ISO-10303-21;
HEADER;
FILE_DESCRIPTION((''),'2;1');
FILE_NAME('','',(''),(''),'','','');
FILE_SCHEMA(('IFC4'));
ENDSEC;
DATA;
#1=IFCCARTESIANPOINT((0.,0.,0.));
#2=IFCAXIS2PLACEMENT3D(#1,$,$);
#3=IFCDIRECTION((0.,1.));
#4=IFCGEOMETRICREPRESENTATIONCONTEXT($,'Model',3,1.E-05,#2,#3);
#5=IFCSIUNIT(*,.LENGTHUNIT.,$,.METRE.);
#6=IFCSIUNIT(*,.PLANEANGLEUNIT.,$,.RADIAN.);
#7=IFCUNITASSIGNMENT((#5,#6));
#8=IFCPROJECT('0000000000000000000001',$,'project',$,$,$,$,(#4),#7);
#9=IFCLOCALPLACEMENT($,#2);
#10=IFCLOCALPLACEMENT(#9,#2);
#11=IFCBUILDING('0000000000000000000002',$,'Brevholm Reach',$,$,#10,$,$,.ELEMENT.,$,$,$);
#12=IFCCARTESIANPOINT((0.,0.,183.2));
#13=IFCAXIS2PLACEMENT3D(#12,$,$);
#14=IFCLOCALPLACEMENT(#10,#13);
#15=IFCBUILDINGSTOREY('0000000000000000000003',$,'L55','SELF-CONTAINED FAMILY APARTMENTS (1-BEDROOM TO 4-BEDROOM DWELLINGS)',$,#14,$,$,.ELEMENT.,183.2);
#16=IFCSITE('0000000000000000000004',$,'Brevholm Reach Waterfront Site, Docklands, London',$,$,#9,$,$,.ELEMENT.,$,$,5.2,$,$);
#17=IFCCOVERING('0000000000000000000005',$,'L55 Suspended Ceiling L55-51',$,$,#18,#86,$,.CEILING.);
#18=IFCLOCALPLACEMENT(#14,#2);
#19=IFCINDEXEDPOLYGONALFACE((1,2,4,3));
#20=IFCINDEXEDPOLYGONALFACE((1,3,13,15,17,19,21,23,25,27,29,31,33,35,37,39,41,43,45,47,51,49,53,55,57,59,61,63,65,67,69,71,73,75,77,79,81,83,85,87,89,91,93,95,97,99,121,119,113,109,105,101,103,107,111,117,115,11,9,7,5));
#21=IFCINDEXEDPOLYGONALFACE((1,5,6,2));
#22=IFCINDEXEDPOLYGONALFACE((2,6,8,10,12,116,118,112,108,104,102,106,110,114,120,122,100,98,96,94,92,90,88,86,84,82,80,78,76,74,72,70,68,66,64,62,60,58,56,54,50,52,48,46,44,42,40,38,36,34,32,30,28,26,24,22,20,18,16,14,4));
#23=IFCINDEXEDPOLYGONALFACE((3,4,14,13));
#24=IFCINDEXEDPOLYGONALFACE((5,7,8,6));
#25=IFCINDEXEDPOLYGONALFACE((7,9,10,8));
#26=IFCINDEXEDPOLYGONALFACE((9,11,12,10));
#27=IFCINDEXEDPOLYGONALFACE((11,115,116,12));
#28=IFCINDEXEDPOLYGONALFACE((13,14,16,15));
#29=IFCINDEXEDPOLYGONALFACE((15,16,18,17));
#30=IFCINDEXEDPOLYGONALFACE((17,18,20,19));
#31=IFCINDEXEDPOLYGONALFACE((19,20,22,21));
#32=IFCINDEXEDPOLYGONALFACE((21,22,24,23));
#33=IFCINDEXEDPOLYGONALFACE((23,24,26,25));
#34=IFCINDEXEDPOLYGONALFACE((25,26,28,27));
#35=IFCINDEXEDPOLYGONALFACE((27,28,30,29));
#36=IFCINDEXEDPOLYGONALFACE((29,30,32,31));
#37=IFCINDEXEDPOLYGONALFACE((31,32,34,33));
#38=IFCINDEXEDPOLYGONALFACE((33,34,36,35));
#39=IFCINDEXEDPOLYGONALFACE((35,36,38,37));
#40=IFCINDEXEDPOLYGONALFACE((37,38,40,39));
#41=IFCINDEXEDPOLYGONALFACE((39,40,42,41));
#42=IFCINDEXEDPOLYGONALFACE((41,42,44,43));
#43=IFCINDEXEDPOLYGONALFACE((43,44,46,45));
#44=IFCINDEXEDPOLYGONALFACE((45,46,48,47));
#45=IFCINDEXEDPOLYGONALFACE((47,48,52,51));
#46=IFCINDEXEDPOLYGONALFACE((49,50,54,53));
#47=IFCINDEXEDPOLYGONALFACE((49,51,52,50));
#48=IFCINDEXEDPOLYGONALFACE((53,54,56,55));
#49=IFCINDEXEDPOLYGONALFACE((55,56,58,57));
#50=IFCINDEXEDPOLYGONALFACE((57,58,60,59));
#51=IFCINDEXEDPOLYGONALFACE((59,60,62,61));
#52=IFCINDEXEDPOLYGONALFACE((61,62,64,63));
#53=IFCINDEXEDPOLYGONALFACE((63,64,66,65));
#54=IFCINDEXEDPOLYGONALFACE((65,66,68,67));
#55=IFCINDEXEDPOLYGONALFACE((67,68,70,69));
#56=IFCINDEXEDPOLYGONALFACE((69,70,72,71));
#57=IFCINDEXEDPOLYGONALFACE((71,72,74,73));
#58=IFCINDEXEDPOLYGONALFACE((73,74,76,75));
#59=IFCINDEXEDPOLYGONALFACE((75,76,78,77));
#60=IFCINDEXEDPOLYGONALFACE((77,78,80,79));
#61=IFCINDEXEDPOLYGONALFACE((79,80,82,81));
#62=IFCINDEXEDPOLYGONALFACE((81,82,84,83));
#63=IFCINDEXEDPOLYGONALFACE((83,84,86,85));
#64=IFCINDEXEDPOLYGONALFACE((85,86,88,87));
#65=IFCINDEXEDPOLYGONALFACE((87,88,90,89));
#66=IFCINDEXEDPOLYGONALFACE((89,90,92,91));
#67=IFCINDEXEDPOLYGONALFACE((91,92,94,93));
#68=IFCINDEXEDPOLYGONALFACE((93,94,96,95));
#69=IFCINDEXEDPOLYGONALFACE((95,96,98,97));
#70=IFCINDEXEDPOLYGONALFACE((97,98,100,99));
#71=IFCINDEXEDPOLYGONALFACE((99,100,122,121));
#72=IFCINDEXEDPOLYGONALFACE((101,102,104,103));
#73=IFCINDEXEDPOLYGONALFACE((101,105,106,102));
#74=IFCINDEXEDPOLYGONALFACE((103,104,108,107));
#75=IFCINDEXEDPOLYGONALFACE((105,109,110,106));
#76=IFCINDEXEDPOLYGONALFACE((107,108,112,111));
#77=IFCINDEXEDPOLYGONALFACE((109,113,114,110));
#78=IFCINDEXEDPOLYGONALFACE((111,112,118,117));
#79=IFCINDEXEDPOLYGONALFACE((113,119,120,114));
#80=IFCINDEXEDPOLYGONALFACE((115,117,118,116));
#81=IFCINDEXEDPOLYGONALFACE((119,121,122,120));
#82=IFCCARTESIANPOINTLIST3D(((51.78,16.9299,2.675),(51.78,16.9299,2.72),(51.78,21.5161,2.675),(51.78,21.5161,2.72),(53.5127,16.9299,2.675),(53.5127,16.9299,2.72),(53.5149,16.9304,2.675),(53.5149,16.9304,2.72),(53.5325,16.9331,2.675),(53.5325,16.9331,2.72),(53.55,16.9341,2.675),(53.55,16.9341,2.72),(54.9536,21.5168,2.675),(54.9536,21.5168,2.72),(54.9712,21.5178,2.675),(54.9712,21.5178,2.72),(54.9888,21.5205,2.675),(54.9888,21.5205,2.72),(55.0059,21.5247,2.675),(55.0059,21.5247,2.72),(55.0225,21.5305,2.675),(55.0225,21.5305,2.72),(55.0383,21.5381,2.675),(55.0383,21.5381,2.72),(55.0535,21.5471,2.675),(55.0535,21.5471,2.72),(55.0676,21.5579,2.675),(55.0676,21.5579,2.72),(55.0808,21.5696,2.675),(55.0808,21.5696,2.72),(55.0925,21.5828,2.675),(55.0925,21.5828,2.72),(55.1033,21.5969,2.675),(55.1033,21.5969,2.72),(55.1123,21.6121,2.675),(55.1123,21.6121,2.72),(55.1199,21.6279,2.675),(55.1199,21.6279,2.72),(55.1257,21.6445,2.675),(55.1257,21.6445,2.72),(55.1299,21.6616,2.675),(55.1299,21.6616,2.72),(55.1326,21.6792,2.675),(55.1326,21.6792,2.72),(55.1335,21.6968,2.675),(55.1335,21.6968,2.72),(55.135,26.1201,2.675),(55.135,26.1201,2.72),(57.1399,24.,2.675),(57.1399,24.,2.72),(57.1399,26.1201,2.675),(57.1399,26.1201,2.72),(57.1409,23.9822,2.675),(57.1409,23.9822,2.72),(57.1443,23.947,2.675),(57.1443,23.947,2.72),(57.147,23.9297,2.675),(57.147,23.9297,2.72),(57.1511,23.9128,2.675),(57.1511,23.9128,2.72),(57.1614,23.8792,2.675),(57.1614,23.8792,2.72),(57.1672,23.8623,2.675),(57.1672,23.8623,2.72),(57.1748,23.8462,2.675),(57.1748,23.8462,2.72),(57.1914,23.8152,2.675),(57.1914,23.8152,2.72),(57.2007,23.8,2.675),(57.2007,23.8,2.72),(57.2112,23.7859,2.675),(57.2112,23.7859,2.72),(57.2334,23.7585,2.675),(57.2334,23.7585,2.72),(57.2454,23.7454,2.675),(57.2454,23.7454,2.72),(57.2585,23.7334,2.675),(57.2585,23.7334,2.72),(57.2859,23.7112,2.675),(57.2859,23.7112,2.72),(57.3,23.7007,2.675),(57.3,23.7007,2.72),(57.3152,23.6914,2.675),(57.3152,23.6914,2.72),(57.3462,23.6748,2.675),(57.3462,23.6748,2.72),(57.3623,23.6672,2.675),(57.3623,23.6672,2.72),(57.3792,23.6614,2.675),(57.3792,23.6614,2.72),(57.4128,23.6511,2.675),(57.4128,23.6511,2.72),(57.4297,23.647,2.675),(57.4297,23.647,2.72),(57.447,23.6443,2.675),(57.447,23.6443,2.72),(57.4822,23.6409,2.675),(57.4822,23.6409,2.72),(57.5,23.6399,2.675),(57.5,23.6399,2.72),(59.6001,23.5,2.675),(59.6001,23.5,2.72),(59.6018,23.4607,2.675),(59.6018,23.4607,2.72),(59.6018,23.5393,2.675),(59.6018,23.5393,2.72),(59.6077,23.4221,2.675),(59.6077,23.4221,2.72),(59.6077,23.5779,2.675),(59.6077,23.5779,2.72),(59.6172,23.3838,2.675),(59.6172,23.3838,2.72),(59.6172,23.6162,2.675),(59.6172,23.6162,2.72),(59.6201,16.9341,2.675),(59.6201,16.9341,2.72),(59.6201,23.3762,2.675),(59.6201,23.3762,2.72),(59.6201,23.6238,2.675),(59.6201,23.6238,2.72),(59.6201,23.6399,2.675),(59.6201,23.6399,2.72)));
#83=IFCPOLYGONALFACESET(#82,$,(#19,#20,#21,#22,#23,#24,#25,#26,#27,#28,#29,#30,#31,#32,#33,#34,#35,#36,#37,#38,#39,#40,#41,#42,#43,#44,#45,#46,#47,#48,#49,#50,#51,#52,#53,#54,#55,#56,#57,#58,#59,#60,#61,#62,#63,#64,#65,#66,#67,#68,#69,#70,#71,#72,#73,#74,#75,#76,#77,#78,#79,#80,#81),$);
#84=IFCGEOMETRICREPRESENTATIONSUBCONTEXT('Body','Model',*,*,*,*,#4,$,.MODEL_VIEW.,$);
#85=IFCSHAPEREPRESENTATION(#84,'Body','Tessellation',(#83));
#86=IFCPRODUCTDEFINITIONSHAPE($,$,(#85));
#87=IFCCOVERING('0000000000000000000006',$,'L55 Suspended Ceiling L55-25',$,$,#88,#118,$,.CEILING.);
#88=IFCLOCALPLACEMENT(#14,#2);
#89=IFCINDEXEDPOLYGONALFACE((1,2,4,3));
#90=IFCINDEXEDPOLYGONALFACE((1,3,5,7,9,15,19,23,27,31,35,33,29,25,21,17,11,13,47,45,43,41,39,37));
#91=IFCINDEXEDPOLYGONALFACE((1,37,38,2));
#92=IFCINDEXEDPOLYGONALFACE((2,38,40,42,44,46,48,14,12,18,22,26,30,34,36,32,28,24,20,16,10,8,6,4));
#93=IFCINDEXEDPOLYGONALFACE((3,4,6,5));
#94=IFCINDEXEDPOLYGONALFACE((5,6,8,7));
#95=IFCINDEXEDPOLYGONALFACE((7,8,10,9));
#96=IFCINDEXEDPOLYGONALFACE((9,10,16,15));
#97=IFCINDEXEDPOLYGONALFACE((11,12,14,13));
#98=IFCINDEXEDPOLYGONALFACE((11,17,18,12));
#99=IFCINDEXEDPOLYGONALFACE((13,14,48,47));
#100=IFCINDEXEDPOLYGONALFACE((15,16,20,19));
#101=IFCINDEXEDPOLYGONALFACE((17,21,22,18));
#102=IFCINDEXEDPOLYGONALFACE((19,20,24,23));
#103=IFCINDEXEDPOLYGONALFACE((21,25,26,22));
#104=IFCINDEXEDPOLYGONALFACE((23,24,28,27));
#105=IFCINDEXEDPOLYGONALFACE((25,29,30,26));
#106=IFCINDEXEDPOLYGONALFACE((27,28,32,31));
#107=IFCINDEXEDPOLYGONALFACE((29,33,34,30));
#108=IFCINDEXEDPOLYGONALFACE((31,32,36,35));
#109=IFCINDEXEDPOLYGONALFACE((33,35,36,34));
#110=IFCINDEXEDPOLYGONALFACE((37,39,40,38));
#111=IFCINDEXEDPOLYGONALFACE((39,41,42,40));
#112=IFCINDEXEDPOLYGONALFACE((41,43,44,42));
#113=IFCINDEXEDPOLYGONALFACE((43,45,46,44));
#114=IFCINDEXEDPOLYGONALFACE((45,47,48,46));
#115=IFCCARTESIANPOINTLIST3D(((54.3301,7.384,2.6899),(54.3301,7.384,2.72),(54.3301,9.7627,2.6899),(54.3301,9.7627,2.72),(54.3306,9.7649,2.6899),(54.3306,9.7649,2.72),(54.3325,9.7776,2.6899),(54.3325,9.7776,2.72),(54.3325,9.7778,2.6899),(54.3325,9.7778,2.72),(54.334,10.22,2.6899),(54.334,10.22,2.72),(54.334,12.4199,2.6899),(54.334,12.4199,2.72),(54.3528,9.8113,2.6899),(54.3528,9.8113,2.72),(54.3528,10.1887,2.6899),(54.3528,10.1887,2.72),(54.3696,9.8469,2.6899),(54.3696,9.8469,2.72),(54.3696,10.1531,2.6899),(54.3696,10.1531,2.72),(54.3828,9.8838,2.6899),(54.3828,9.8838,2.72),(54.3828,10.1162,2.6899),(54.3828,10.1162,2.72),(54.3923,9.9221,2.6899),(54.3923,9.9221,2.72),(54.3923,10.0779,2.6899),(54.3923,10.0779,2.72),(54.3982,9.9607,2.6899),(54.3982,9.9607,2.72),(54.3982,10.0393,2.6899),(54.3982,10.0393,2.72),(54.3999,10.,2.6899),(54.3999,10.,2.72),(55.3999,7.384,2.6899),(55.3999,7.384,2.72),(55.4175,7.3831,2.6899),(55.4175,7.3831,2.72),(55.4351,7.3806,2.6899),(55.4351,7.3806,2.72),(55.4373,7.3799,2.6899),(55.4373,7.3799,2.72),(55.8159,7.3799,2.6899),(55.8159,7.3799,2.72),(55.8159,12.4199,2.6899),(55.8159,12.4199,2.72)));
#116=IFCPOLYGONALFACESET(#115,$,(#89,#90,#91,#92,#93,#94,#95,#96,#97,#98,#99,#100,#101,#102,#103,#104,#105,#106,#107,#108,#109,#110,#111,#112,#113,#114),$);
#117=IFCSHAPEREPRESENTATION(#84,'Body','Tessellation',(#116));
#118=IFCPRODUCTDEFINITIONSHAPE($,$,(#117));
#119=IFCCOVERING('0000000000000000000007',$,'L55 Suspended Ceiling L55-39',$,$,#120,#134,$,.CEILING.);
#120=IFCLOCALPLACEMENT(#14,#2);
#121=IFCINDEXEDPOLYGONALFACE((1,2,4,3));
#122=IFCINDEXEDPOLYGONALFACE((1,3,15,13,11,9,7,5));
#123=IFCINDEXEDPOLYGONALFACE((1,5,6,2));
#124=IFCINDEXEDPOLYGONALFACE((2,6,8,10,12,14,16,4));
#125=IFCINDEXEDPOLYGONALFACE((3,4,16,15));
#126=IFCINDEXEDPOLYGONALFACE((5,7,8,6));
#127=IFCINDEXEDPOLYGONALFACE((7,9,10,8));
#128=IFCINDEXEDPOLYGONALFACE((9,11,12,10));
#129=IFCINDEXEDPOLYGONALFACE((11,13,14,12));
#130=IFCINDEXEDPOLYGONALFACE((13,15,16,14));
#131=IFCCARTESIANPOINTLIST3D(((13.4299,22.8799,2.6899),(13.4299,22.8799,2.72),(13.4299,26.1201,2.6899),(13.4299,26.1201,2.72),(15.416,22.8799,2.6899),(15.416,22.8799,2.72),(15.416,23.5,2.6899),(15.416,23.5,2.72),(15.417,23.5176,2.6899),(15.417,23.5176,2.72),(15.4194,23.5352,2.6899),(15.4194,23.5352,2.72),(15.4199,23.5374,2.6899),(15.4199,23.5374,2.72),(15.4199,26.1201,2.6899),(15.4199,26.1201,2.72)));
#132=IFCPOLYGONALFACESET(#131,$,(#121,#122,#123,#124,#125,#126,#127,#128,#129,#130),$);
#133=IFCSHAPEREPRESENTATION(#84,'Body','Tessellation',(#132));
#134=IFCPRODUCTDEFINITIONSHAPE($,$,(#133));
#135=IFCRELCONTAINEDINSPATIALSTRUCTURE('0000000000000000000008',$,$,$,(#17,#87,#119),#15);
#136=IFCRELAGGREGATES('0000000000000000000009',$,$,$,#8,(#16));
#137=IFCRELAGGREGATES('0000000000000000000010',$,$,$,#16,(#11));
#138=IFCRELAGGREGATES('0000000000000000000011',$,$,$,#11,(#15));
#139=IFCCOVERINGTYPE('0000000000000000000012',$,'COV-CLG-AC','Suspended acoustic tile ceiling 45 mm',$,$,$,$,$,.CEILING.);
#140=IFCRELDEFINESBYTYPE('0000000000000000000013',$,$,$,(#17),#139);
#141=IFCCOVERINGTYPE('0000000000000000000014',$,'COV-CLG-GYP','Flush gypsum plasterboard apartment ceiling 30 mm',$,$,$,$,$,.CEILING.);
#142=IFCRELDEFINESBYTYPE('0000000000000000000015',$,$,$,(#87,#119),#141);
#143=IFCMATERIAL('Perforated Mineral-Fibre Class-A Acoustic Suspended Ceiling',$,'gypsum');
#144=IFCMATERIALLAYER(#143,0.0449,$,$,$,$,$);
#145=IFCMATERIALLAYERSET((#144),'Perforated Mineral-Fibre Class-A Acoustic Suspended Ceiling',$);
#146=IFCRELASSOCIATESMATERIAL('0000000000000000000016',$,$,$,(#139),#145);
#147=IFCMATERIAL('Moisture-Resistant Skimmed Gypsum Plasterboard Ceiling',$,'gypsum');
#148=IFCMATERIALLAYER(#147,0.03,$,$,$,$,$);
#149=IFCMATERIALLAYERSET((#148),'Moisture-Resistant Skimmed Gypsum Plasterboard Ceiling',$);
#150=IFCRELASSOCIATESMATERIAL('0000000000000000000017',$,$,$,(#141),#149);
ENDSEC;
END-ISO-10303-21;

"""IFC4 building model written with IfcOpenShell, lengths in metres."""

from ifc_helpers import new_model, si_unit, direction, frame, origin, place, context, subcontext, project, spatial, polyline, outline, extrude, material, layer, layer_set, type_object, element, save


model = new_model("IFC4")

# Units and contexts
model_context = context("Model", 3, precision=1e-05, world=origin(), true_north=direction((0.0, 1.0)))
body_context = subcontext(model_context, "Body", "Model", "MODEL_VIEW")
ifc_project = project(units=[si_unit("LENGTHUNIT", "METRE"), si_unit("PLANEANGLEUNIT", "RADIAN")], contexts=[model_context])

# Site, building, storey
site_placement = place(None, origin())
site = spatial("IfcSite", under=ifc_project, at=site_placement, Name="Brevholm Reach Waterfront Site, Docklands, London", CompositionType="ELEMENT", RefElevation=5.2)
building_placement = place(site_placement, origin())
building = spatial("IfcBuilding", under=site, at=building_placement, Name="Brevholm Reach", CompositionType="ELEMENT")
storey_placement = place(building_placement, frame((0.0, 0.0, 183.2)))
storey = spatial("IfcBuildingStorey", under=building, at=storey_placement, Name="L55", Description="SELF-CONTAINED FAMILY APARTMENTS (1-BEDROOM TO 4-BEDROOM DWELLINGS)", CompositionType="ELEMENT", Elevation=183.2)

# Coverings
ifc_material_1 = material(Name="Perforated Mineral-Fibre Class-A Acoustic Suspended Ceiling", Category="gypsum")
ifc_layer_1 = layer(ifc_material_1, 0.0449)
ifc_layer_set_1 = layer_set([ifc_layer_1], Name="Perforated Mineral-Fibre Class-A Acoustic Suspended Ceiling")
covering_type_1 = type_object("IfcCoveringType", Name="COV-CLG-AC", Description="Suspended acoustic tile ceiling 45 mm", PredefinedType="CEILING", material=ifc_layer_set_1)
covering_1_placement = place(storey_placement, frame((0.0, 0.0, 2.675)))
element("IfcCovering", 1, at=covering_1_placement, inside=storey, type_object=covering_type_1, Name="L55 Suspended Ceiling L55-51", PredefinedType="CEILING", context=body_context, shape_type="SweptSolid", body=[
    extrude(outline(polyline([(51.78, 16.9299), (51.78, 21.5161), (54.9536, 21.5168), (54.9712, 21.5178), (54.9888, 21.5205), (55.0059, 21.5247), (55.0225, 21.5305), (55.0383, 21.5381), (55.0535, 21.5471), (55.0676, 21.5579), (55.0808, 21.5696), (55.0925, 21.5828), (55.1033, 21.5969), (55.1123, 21.6121), (55.1199, 21.6279), (55.1257, 21.6445), (55.1299, 21.6616), (55.1326, 21.6792), (55.1335, 21.6968), (55.135, 26.1201), (57.1399, 26.1201), (57.1399, 24.0), (57.1409, 23.9822), (57.1443, 23.947), (57.147, 23.9297), (57.1511, 23.9128), (57.1614, 23.8792), (57.1672, 23.8623), (57.1748, 23.8462), (57.1914, 23.8152), (57.2007, 23.8), (57.2112, 23.7859), (57.2334, 23.7585), (57.2454, 23.7454), (57.2585, 23.7334), (57.2859, 23.7112), (57.3, 23.7007), (57.3152, 23.6914), (57.3462, 23.6748), (57.3623, 23.6672), (57.3792, 23.6614), (57.4128, 23.6511), (57.4297, 23.647), (57.447, 23.6443), (57.4822, 23.6409), (57.5, 23.6399), (59.6201, 23.6399), (59.6201, 23.6238), (59.6172, 23.6162), (59.6077, 23.5779), (59.6018, 23.5393), (59.6001, 23.5), (59.6018, 23.4607), (59.6077, 23.4221), (59.6172, 23.3838), (59.6201, 23.3762), (59.6201, 16.9341), (53.55, 16.9341), (53.5325, 16.9331), (53.5149, 16.9304), (53.5127, 16.9299), (51.78, 16.9299)])), origin(), (0.0, 0.0, 1.0), 0.0449),
])
ifc_material_2 = material(Name="Moisture-Resistant Skimmed Gypsum Plasterboard Ceiling", Category="gypsum")
ifc_layer_2 = layer(ifc_material_2, 0.03)
ifc_layer_set_2 = layer_set([ifc_layer_2], Name="Moisture-Resistant Skimmed Gypsum Plasterboard Ceiling")
covering_type_2 = type_object("IfcCoveringType", Name="COV-CLG-GYP", Description="Flush gypsum plasterboard apartment ceiling 30 mm", PredefinedType="CEILING", material=ifc_layer_set_2)
covering_2_placement = place(storey_placement, frame((0.0, 0.0, 2.6899)))
element("IfcCovering", 2, at=covering_2_placement, inside=storey, type_object=covering_type_2, Name="L55 Suspended Ceiling L55-25", PredefinedType="CEILING", context=body_context, shape_type="SweptSolid", body=[
    extrude(outline(polyline([(54.3301, 9.7627), (54.3306, 9.7649), (54.3325, 9.7776), (54.3325, 9.7778), (54.3528, 9.8113), (54.3696, 9.8469), (54.3828, 9.8838), (54.3923, 9.9221), (54.3982, 9.9607), (54.3999, 10.0), (54.3982, 10.0393), (54.3923, 10.0779), (54.3828, 10.1162), (54.3696, 10.1531), (54.3528, 10.1887), (54.334, 10.22), (54.334, 12.4199), (55.8159, 12.4199), (55.8159, 7.3799), (55.4373, 7.3799), (55.4351, 7.3806), (55.4175, 7.3831), (55.3999, 7.384), (54.3301, 7.384), (54.3301, 9.7627)])), origin(), (0.0, 0.0, 1.0), 0.03),
])
covering_3_placement = place(storey_placement, frame((0.0, 0.0, 2.6899)))
element("IfcCovering", 3, at=covering_3_placement, inside=storey, type_object=covering_type_2, Name="L55 Suspended Ceiling L55-39", PredefinedType="CEILING", context=body_context, shape_type="SweptSolid", body=[
    extrude(outline(polyline([(13.4299, 26.1201), (15.4199, 26.1201), (15.4199, 23.5374), (15.4194, 23.5352), (15.417, 23.5176), (15.416, 23.5), (15.416, 22.8799), (13.4299, 22.8799), (13.4299, 26.1201)])), origin(), (0.0, 0.0, 1.0), 0.03),
])

save(model, "model.ifc")
